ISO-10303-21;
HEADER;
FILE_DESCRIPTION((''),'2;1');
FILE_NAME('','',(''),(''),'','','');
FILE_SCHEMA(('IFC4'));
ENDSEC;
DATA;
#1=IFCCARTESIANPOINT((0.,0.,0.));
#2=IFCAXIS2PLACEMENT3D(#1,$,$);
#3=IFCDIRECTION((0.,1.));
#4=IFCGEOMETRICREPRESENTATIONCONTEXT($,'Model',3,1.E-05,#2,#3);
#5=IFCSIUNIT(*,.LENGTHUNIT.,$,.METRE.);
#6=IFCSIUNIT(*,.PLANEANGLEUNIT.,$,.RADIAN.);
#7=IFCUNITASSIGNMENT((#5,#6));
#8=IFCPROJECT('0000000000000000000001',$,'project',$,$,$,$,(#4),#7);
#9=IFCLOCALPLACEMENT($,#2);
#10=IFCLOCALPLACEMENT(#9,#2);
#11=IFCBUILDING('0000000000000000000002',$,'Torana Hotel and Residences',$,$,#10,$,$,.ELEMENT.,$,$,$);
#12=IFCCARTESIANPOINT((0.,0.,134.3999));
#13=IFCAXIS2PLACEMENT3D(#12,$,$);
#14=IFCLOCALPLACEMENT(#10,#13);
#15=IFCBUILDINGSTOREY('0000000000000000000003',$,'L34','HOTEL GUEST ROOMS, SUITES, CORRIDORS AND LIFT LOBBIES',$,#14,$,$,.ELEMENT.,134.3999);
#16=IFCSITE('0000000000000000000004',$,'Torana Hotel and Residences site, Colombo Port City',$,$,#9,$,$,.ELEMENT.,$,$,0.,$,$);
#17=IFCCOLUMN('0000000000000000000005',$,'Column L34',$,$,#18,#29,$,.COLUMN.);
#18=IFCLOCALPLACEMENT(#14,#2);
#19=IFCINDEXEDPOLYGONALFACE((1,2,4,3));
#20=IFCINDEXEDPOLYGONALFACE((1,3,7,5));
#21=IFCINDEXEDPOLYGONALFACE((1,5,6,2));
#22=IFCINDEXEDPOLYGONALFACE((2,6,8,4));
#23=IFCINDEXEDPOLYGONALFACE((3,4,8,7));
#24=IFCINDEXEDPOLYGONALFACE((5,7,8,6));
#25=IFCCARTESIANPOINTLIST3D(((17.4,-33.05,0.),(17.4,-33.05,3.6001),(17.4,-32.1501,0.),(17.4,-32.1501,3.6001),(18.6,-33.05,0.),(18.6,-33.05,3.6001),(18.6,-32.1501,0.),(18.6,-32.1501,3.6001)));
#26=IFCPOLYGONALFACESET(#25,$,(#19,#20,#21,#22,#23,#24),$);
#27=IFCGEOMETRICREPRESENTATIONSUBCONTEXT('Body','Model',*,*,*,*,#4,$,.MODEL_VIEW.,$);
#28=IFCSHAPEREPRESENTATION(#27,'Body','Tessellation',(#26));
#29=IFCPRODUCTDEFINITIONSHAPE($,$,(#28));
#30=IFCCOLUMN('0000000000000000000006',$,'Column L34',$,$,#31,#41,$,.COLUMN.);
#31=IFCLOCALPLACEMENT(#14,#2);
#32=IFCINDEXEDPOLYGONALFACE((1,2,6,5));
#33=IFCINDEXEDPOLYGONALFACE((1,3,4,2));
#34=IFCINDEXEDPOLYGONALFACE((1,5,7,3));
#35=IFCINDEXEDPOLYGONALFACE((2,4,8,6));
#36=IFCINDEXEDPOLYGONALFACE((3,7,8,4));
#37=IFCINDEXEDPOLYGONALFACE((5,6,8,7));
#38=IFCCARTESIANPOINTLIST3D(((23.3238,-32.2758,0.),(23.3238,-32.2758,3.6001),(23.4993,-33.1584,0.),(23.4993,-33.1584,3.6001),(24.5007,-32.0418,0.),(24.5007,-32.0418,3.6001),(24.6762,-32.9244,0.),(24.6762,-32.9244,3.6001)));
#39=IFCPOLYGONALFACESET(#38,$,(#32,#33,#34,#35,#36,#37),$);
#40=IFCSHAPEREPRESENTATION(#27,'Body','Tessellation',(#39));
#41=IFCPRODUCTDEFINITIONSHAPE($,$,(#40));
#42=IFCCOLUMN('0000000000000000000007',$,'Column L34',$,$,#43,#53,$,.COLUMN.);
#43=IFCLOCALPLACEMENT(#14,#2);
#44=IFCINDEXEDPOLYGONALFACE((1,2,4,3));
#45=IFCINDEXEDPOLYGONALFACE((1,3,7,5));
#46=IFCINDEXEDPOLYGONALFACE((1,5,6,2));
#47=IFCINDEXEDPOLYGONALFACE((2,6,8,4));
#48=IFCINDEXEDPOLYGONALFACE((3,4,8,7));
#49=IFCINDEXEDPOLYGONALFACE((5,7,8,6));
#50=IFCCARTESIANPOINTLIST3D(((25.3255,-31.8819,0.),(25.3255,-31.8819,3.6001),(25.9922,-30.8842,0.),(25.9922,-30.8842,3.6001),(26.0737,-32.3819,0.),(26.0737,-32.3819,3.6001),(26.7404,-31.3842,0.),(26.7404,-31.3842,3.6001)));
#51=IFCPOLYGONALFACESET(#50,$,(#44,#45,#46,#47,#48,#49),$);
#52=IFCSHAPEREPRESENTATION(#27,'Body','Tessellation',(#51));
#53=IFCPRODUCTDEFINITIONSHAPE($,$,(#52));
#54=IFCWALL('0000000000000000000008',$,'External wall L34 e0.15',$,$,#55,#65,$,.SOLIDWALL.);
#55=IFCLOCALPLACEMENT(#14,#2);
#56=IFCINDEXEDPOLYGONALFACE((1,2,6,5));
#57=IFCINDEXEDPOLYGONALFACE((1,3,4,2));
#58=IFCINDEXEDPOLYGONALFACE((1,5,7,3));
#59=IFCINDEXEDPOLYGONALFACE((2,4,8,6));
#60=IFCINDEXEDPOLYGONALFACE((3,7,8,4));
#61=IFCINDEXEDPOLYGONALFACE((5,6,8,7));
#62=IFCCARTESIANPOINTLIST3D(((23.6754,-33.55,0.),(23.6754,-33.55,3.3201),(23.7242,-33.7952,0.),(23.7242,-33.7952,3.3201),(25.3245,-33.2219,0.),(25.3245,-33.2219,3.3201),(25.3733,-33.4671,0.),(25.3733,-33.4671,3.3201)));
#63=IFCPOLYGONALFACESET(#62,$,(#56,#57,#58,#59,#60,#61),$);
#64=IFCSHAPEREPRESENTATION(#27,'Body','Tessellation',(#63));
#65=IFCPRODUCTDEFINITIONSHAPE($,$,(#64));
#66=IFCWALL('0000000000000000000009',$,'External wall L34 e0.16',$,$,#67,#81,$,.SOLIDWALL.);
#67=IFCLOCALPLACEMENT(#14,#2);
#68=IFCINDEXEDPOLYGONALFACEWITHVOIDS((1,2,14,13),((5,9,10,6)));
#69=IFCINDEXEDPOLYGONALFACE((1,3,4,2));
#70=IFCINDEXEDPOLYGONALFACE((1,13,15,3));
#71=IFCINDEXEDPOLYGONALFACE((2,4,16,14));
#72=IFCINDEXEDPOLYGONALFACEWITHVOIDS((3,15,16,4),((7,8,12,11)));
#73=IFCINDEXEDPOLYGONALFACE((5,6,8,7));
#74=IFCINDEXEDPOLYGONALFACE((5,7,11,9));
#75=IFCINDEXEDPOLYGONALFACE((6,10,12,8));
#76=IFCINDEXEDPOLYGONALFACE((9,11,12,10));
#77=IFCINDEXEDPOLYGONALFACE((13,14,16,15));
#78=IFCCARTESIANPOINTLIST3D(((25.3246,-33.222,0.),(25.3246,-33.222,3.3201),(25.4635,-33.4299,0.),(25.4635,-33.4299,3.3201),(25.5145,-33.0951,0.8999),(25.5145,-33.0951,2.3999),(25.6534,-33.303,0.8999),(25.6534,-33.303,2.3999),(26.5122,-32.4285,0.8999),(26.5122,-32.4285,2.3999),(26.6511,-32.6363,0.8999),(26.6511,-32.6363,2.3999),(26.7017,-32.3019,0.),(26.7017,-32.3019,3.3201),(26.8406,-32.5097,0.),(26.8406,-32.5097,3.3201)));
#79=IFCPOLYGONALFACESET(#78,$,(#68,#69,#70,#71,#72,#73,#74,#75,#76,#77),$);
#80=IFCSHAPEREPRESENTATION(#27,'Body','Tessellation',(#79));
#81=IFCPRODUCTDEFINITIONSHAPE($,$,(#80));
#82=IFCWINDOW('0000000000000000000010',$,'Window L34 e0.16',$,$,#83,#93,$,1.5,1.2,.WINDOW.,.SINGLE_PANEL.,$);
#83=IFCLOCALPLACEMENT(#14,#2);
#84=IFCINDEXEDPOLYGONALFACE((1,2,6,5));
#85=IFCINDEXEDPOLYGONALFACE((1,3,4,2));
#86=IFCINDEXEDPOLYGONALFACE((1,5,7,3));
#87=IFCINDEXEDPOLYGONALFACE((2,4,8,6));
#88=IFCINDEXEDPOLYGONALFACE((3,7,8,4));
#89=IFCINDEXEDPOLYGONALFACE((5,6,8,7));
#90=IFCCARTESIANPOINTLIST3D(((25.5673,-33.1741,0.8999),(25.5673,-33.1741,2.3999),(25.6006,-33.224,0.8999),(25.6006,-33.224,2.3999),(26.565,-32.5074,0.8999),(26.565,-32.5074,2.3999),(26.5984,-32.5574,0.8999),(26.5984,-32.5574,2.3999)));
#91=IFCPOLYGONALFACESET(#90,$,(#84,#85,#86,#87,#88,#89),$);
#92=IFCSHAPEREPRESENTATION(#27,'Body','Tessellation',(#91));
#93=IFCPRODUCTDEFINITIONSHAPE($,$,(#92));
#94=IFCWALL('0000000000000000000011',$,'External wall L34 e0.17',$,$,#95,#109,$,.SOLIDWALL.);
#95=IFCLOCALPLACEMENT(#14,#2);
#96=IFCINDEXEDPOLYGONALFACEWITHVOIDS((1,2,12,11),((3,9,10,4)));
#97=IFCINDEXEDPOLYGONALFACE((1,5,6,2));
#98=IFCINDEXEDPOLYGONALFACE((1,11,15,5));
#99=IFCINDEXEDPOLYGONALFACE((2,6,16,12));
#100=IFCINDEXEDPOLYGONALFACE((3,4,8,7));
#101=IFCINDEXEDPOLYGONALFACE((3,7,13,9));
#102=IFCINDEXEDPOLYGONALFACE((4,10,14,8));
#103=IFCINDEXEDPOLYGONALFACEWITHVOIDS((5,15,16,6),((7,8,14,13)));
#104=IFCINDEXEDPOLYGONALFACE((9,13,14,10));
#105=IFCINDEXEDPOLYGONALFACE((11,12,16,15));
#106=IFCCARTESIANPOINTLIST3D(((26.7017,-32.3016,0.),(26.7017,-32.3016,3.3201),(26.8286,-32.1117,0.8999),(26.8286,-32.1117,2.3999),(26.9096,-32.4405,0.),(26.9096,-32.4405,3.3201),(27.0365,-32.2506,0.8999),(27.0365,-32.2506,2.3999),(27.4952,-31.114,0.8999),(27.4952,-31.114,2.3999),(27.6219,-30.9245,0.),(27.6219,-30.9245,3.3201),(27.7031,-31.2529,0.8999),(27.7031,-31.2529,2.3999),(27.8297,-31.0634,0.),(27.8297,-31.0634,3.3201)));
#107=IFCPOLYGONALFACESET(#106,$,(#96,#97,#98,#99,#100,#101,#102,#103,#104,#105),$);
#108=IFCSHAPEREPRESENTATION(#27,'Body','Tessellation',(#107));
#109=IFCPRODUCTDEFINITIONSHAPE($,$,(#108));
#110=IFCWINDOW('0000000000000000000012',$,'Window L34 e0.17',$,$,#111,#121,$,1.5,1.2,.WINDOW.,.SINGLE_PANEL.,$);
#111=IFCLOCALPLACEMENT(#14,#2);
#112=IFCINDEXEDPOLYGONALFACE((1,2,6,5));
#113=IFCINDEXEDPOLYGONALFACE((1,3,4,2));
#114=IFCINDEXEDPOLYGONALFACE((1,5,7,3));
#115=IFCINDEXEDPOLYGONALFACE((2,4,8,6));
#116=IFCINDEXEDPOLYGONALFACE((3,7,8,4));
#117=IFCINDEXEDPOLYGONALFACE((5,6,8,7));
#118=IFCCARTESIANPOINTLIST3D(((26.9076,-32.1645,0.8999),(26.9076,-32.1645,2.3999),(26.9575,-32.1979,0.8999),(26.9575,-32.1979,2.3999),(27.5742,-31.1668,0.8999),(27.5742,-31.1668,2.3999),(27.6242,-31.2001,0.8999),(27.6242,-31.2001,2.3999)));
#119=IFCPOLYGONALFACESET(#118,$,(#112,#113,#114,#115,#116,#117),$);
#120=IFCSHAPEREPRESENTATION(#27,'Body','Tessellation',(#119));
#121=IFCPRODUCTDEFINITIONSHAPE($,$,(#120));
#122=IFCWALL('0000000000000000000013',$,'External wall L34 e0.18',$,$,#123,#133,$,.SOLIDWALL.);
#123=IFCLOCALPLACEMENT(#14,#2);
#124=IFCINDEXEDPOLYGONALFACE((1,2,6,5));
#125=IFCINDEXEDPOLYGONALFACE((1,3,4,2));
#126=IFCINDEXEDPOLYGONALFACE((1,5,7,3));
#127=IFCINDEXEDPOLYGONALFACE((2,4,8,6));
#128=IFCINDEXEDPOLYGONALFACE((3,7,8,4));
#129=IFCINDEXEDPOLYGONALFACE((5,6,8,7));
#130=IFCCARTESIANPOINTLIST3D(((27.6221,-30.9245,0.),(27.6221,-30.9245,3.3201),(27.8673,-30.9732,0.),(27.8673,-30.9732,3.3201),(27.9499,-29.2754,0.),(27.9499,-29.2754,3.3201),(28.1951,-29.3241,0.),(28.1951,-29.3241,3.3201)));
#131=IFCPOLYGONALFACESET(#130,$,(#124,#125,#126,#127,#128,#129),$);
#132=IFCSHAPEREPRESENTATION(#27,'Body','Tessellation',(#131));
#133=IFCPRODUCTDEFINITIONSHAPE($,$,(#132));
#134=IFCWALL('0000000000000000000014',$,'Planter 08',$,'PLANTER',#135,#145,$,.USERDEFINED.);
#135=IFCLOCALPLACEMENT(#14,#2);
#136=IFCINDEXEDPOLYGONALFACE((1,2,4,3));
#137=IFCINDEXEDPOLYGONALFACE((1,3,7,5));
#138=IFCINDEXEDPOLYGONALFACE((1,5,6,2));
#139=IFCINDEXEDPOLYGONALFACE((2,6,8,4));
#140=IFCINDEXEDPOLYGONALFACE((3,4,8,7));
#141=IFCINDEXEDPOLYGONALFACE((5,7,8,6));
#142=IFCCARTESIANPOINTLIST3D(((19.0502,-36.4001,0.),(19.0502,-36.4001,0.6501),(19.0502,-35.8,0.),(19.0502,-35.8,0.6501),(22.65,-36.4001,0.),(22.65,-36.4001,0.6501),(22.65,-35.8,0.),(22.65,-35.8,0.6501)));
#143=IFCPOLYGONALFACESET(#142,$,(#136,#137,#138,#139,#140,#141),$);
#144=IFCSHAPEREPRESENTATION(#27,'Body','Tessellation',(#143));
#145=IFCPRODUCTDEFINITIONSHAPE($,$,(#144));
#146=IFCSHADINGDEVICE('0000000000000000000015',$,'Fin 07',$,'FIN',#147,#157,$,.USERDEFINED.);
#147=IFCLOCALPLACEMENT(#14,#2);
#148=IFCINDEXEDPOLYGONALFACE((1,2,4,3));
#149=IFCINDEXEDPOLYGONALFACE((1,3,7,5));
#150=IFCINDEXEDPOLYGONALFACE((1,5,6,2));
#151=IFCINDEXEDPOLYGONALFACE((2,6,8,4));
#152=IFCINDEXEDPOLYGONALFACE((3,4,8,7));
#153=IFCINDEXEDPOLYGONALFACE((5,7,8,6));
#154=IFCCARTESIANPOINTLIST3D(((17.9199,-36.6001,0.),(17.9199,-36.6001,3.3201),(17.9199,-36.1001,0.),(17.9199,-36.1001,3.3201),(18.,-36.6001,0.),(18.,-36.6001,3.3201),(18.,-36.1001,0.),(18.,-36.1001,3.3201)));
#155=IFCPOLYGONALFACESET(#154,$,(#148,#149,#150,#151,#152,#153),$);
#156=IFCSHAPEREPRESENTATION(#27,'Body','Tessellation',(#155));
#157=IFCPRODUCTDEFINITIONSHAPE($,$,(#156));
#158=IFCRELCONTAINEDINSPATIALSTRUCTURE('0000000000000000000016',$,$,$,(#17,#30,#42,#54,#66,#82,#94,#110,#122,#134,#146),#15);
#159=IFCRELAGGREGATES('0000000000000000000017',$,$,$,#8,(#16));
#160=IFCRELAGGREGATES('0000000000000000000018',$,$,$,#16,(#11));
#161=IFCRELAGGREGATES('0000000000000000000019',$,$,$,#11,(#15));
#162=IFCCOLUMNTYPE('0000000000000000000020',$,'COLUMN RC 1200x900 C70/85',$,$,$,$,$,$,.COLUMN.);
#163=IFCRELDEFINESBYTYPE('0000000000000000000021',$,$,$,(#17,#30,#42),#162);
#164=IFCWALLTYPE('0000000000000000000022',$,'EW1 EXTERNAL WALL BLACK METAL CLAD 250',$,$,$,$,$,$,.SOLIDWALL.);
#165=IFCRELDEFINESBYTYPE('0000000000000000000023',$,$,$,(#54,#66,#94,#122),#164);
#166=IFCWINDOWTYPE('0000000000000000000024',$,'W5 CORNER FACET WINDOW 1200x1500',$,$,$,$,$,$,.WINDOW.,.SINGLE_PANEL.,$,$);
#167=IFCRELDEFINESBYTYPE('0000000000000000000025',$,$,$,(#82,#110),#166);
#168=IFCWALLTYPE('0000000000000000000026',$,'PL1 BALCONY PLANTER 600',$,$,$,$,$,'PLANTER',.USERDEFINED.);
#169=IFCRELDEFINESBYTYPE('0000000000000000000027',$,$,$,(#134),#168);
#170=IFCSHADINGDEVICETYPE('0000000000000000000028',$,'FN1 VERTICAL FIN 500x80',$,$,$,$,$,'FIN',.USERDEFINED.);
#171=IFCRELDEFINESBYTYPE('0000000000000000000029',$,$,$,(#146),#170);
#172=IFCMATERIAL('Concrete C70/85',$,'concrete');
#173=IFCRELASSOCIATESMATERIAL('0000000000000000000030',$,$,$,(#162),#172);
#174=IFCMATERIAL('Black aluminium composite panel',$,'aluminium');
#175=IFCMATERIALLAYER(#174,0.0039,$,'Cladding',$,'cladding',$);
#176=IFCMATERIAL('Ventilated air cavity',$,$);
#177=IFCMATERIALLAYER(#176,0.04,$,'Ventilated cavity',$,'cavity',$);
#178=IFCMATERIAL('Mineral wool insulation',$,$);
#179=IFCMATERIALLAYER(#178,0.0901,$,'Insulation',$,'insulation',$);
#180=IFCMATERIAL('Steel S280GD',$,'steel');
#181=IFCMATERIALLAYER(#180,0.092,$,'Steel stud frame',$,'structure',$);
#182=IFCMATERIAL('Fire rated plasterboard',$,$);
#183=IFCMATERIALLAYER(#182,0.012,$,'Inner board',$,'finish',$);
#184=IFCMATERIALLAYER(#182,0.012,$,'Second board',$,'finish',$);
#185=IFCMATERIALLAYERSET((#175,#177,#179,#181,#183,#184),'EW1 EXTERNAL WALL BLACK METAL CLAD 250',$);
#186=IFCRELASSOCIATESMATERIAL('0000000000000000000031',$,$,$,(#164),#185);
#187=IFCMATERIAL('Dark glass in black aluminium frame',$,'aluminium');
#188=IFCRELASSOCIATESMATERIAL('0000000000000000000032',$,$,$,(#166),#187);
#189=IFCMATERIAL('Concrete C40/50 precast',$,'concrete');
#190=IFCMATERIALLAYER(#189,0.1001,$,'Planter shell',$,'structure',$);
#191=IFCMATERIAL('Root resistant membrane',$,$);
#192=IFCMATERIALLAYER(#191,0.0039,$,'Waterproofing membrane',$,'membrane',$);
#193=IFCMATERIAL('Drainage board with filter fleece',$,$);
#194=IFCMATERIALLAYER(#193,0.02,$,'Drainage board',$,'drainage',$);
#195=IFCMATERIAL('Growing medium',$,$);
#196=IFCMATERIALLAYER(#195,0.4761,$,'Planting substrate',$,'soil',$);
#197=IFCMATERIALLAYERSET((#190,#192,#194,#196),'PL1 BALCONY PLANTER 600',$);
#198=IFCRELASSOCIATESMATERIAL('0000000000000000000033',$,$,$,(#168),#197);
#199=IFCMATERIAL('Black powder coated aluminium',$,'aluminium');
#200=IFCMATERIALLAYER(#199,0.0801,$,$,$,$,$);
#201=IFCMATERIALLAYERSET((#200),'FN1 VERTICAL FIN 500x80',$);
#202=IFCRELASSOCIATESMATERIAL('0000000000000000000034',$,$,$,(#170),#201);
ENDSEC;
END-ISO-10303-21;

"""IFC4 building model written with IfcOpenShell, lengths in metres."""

from ifc_helpers import new_model, si_unit, direction, frame, frame_2d, origin, origin_2d, place, context, subcontext, project, spatial, rectangle, extrude, material, layer, layer_set, material_profile, profile_set, type_object, element, fill, save


model = new_model("IFC4")

# Units and contexts
model_context = context("Model", 3, precision=1e-05, world=origin(), true_north=direction((0.0, 1.0)))
body_context = subcontext(model_context, "Body", "Model", "MODEL_VIEW")
ifc_project = project(units=[si_unit("LENGTHUNIT", "METRE"), si_unit("PLANEANGLEUNIT", "RADIAN")], contexts=[model_context])

# Site, building, storey
site_placement = place(None, origin())
site = spatial("IfcSite", under=ifc_project, at=site_placement, Name="Torana Hotel and Residences site, Colombo Port City", CompositionType="ELEMENT", RefElevation=0.0)
building_placement = place(site_placement, origin())
building = spatial("IfcBuilding", under=site, at=building_placement, Name="Torana Hotel and Residences", CompositionType="ELEMENT")
storey_placement = place(building_placement, frame((0.0, 0.0, 134.3999)))
storey = spatial("IfcBuildingStorey", under=building, at=storey_placement, Name="L34", Description="HOTEL GUEST ROOMS, SUITES, CORRIDORS AND LIFT LOBBIES", CompositionType="ELEMENT", Elevation=134.3999)

# Columns
ifc_material_1 = material(Name="Concrete C70/85", Category="concrete")
ifc_material_profile = material_profile(ifc_material_1, rectangle(XDim=1.2, YDim=0.8999, at=origin_2d()), Name="RC 1200x900")
ifc_profile_set = profile_set([ifc_material_profile], Name="Concrete C70/85")
column_type = type_object("IfcColumnType", Name="COLUMN RC 1200x900 C70/85", PredefinedType="COLUMN", material=ifc_profile_set)
for number, where, z_axis, x_axis, name in (
    (1, (18.0, -32.6001, 0.0), (0.0, 0.0, 1.0), (1.0, 0.0, 0.0), "Column L34"),
    (2, (24.0, -32.6001, 0.0), (0.0, 0.0, 1.0), (0.980792, 0.195056, 0.0), "Column L34"),
    (3, (26.033, -31.6331, 0.0), (0.0, 0.0, 1.0), (0.555585, 0.83146, 0.0), "Column L34"),
):
    element("IfcColumn", number, at=place(storey_placement, frame(where, z_axis=z_axis, x_axis=x_axis)), inside=storey, type_object=column_type, Name=name, PredefinedType="COLUMN", context=body_context, shape_type="SweptSolid", body=[
        extrude(rectangle(XDim=1.2, YDim=0.8999, at=origin_2d()), origin(), (0.0, 0.0, 1.0), 3.6001),
    ])

# Wall
ifc_material_2 = material(Name="Black aluminium composite panel", Category="aluminium")
ifc_layer_1 = layer(ifc_material_2, 0.0039, Name="Cladding", Category="cladding")
ifc_material_3 = material(Name="Ventilated air cavity")
ifc_layer_2 = layer(ifc_material_3, 0.04, Name="Ventilated cavity", Category="cavity")
ifc_material_4 = material(Name="Mineral wool insulation")
ifc_layer_3 = layer(ifc_material_4, 0.0901, Name="Insulation", Category="insulation")
ifc_material_5 = material(Name="Steel S280GD", Category="steel")
ifc_layer_4 = layer(ifc_material_5, 0.092, Name="Steel stud frame", Category="structure")
ifc_material_6 = material(Name="Fire rated plasterboard")
ifc_layer_5 = layer(ifc_material_6, 0.012, Name="Inner board", Category="finish")
ifc_layer_6 = layer(ifc_material_6, 0.012, Name="Second board", Category="finish")
ifc_layer_set_1 = layer_set([ifc_layer_1, ifc_layer_2, ifc_layer_3, ifc_layer_4, ifc_layer_5, ifc_layer_6], Name="EW1 EXTERNAL WALL BLACK METAL CLAD 250")
wall_type_1 = type_object("IfcWallType", Name="EW1 EXTERNAL WALL BLACK METAL CLAD 250", PredefinedType="SOLIDWALL", material=ifc_layer_set_1)
wall_1_placement = place(storey_placement, frame((23.6997, -33.6726, 0.0), z_axis=(0.0, 0.0, 1.0), x_axis=(0.980776, 0.195139, 0.0)))
element("IfcWall", 4, at=wall_1_placement, inside=storey, type_object=wall_type_1, Name="External wall L34 e0.15", PredefinedType="SOLIDWALL", context=body_context, shape_type="SweptSolid", body=[
    extrude(rectangle(XDim=1.6814, YDim=0.25, at=frame_2d((0.8408, 0.0))), origin(), (0.0, 0.0, 1.0), 3.3201),
])

# Walls, openings, windows
wall_2_placement = place(storey_placement, frame((25.394, -33.3259, 0.0), z_axis=(0.0, 0.0, 1.0), x_axis=(0.831483, 0.55555, 0.0)))
wall_2 = element("IfcWall", 5, at=wall_2_placement, inside=storey, type_object=wall_type_1, Name="External wall L34 e0.16", PredefinedType="SOLIDWALL", context=body_context, shape_type="SweptSolid", body=[
    extrude(rectangle(XDim=1.6562, YDim=0.25, at=frame_2d((0.8281, 0.0))), origin(), (0.0, 0.0, 1.0), 3.3201),
])
opening_1_placement = place(wall_2_placement, frame((0.2283, 0.0, 0.8999)))
opening_1 = element("IfcOpeningElement", 6, at=opening_1_placement, cuts=wall_2, PredefinedType="OPENING", context=body_context, shape_type="SweptSolid", body=[
    extrude(rectangle(XDim=1.2, YDim=1.5, at=frame_2d((0.6001, 0.75))), frame((0.0, 0.135, 0.0), z_axis=(0.0, -1.0, 0.0), x_axis=(1.0, 0.0, 0.0)), (0.0, 0.0, 1.0), 0.27),
])
ifc_material_7 = material(Name="Dark glass in black aluminium frame", Category="aluminium")
window_type_1 = type_object("IfcWindowType", Name="W5 CORNER FACET WINDOW 1200x1500", PartitioningType="SINGLE_PANEL", PredefinedType="WINDOW", material=ifc_material_7)
window_1_placement = place(opening_1_placement, origin())
window_1 = element("IfcWindow", 7, at=window_1_placement, inside=storey, type_object=window_type_1, Name="Window L34 e0.16", OverallHeight=1.5, OverallWidth=1.2, PartitioningType="SINGLE_PANEL", PredefinedType="WINDOW", context=body_context, shape_type="SweptSolid", body=[
    extrude(rectangle(XDim=1.2, YDim=1.5, at=frame_2d((0.6001, 0.75))), frame((0.0, 0.03, 0.0), z_axis=(0.0, -1.0, 0.0), x_axis=(1.0, 0.0, 0.0)), (0.0, 0.0, 1.0), 0.0601),
])
fill(opening_1, window_1)
wall_3_placement = place(storey_placement, frame((26.8057, -32.3711, 0.0), z_axis=(0.0, 0.0, 1.0), x_axis=(0.55555, 0.831483, 0.0)))
wall_3 = element("IfcWall", 8, at=wall_3_placement, inside=storey, type_object=wall_type_1, Name="External wall L34 e0.17", PredefinedType="SOLIDWALL", context=body_context, shape_type="SweptSolid", body=[
    extrude(rectangle(XDim=1.6562, YDim=0.25, at=frame_2d((0.8281, 0.0))), origin(), (0.0, 0.0, 1.0), 3.3201),
])
opening_2_placement = place(wall_3_placement, frame((0.2283, 0.0, 0.8999)))
opening_2 = element("IfcOpeningElement", 9, at=opening_2_placement, cuts=wall_3, PredefinedType="OPENING", context=body_context, shape_type="SweptSolid", body=[
    extrude(rectangle(XDim=1.2, YDim=1.5, at=frame_2d((0.6001, 0.75))), frame((0.0, 0.135, 0.0), z_axis=(0.0, -1.0, 0.0), x_axis=(1.0, 0.0, 0.0)), (0.0, 0.0, 1.0), 0.27),
])
window_2_placement = place(opening_2_placement, origin())
window_2 = element("IfcWindow", 10, at=window_2_placement, inside=storey, type_object=window_type_1, Name="Window L34 e0.17", OverallHeight=1.5, OverallWidth=1.2, PartitioningType="SINGLE_PANEL", PredefinedType="WINDOW", context=body_context, shape_type="SweptSolid", body=[
    extrude(rectangle(XDim=1.2, YDim=1.5, at=frame_2d((0.6001, 0.75))), frame((0.0, 0.03, 0.0), z_axis=(0.0, -1.0, 0.0), x_axis=(1.0, 0.0, 0.0)), (0.0, 0.0, 1.0), 0.0601),
])
fill(opening_2, window_2)

# Wall
wall_4_placement = place(storey_placement, frame((27.7446, -30.949, 0.0), z_axis=(0.0, 0.0, 1.0), x_axis=(0.194999, 0.980803, 0.0)))
element("IfcWall", 11, at=wall_4_placement, inside=storey, type_object=wall_type_1, Name="External wall L34 e0.18", PredefinedType="SOLIDWALL", context=body_context, shape_type="SweptSolid", body=[
    extrude(rectangle(XDim=1.6814, YDim=0.25, at=frame_2d((0.8408, 0.0))), origin(), (0.0, 0.0, 1.0), 3.3201),
])

# Wall
ifc_material_8 = material(Name="Concrete C40/50 precast", Category="concrete")
ifc_layer_7 = layer(ifc_material_8, 0.1001, Name="Planter shell", Category="structure")
ifc_material_9 = material(Name="Root resistant membrane")
ifc_layer_8 = layer(ifc_material_9, 0.0039, Name="Waterproofing membrane", Category="membrane")
ifc_material_10 = material(Name="Drainage board with filter fleece")
ifc_layer_9 = layer(ifc_material_10, 0.02, Name="Drainage board", Category="drainage")
ifc_material_11 = material(Name="Growing medium")
ifc_layer_10 = layer(ifc_material_11, 0.4761, Name="Planting substrate", Category="soil")
ifc_layer_set_2 = layer_set([ifc_layer_7, ifc_layer_8, ifc_layer_9, ifc_layer_10], Name="PL1 BALCONY PLANTER 600")
wall_type_2 = type_object("IfcWallType", Name="PL1 BALCONY PLANTER 600", ElementType="PLANTER", PredefinedType="USERDEFINED", material=ifc_layer_set_2)
wall_5_placement = place(storey_placement, frame((22.6499, -36.1001, 0.0), z_axis=(0.0, 0.0, 1.0), x_axis=(-1.0, 0.0, 0.0)))
element("IfcWall", 12, at=wall_5_placement, inside=storey, type_object=wall_type_2, Name="Planter 08", ObjectType="PLANTER", PredefinedType="USERDEFINED", context=body_context, shape_type="SweptSolid", body=[
    extrude(rectangle(XDim=3.5999, YDim=0.6001, at=frame_2d((1.7998, 0.0))), origin(), (0.0, 0.0, 1.0), 0.6501),
])

# Shading device
ifc_material_12 = material(Name="Black powder coated aluminium", Category="aluminium")
ifc_layer_11 = layer(ifc_material_12, 0.0801)
ifc_layer_set_3 = layer_set([ifc_layer_11], Name="FN1 VERTICAL FIN 500x80")
shading_device_type = type_object("IfcShadingDeviceType", Name="FN1 VERTICAL FIN 500x80", ElementType="FIN", PredefinedType="USERDEFINED", material=ifc_layer_set_3)
shading_device_placement = place(storey_placement, frame((17.96, -36.3501, 0.0), z_axis=(0.0, 0.0, 1.0), x_axis=(-1.0, 0.0, 0.0)))
element("IfcShadingDevice", 13, at=shading_device_placement, inside=storey, type_object=shading_device_type, Name="Fin 07", ObjectType="FIN", PredefinedType="USERDEFINED", context=body_context, shape_type="SweptSolid", body=[
    extrude(rectangle(XDim=0.0801, YDim=0.5, at=origin_2d()), origin(), (0.0, 0.0, 1.0), 3.3201),
])

save(model, "model.ifc")
